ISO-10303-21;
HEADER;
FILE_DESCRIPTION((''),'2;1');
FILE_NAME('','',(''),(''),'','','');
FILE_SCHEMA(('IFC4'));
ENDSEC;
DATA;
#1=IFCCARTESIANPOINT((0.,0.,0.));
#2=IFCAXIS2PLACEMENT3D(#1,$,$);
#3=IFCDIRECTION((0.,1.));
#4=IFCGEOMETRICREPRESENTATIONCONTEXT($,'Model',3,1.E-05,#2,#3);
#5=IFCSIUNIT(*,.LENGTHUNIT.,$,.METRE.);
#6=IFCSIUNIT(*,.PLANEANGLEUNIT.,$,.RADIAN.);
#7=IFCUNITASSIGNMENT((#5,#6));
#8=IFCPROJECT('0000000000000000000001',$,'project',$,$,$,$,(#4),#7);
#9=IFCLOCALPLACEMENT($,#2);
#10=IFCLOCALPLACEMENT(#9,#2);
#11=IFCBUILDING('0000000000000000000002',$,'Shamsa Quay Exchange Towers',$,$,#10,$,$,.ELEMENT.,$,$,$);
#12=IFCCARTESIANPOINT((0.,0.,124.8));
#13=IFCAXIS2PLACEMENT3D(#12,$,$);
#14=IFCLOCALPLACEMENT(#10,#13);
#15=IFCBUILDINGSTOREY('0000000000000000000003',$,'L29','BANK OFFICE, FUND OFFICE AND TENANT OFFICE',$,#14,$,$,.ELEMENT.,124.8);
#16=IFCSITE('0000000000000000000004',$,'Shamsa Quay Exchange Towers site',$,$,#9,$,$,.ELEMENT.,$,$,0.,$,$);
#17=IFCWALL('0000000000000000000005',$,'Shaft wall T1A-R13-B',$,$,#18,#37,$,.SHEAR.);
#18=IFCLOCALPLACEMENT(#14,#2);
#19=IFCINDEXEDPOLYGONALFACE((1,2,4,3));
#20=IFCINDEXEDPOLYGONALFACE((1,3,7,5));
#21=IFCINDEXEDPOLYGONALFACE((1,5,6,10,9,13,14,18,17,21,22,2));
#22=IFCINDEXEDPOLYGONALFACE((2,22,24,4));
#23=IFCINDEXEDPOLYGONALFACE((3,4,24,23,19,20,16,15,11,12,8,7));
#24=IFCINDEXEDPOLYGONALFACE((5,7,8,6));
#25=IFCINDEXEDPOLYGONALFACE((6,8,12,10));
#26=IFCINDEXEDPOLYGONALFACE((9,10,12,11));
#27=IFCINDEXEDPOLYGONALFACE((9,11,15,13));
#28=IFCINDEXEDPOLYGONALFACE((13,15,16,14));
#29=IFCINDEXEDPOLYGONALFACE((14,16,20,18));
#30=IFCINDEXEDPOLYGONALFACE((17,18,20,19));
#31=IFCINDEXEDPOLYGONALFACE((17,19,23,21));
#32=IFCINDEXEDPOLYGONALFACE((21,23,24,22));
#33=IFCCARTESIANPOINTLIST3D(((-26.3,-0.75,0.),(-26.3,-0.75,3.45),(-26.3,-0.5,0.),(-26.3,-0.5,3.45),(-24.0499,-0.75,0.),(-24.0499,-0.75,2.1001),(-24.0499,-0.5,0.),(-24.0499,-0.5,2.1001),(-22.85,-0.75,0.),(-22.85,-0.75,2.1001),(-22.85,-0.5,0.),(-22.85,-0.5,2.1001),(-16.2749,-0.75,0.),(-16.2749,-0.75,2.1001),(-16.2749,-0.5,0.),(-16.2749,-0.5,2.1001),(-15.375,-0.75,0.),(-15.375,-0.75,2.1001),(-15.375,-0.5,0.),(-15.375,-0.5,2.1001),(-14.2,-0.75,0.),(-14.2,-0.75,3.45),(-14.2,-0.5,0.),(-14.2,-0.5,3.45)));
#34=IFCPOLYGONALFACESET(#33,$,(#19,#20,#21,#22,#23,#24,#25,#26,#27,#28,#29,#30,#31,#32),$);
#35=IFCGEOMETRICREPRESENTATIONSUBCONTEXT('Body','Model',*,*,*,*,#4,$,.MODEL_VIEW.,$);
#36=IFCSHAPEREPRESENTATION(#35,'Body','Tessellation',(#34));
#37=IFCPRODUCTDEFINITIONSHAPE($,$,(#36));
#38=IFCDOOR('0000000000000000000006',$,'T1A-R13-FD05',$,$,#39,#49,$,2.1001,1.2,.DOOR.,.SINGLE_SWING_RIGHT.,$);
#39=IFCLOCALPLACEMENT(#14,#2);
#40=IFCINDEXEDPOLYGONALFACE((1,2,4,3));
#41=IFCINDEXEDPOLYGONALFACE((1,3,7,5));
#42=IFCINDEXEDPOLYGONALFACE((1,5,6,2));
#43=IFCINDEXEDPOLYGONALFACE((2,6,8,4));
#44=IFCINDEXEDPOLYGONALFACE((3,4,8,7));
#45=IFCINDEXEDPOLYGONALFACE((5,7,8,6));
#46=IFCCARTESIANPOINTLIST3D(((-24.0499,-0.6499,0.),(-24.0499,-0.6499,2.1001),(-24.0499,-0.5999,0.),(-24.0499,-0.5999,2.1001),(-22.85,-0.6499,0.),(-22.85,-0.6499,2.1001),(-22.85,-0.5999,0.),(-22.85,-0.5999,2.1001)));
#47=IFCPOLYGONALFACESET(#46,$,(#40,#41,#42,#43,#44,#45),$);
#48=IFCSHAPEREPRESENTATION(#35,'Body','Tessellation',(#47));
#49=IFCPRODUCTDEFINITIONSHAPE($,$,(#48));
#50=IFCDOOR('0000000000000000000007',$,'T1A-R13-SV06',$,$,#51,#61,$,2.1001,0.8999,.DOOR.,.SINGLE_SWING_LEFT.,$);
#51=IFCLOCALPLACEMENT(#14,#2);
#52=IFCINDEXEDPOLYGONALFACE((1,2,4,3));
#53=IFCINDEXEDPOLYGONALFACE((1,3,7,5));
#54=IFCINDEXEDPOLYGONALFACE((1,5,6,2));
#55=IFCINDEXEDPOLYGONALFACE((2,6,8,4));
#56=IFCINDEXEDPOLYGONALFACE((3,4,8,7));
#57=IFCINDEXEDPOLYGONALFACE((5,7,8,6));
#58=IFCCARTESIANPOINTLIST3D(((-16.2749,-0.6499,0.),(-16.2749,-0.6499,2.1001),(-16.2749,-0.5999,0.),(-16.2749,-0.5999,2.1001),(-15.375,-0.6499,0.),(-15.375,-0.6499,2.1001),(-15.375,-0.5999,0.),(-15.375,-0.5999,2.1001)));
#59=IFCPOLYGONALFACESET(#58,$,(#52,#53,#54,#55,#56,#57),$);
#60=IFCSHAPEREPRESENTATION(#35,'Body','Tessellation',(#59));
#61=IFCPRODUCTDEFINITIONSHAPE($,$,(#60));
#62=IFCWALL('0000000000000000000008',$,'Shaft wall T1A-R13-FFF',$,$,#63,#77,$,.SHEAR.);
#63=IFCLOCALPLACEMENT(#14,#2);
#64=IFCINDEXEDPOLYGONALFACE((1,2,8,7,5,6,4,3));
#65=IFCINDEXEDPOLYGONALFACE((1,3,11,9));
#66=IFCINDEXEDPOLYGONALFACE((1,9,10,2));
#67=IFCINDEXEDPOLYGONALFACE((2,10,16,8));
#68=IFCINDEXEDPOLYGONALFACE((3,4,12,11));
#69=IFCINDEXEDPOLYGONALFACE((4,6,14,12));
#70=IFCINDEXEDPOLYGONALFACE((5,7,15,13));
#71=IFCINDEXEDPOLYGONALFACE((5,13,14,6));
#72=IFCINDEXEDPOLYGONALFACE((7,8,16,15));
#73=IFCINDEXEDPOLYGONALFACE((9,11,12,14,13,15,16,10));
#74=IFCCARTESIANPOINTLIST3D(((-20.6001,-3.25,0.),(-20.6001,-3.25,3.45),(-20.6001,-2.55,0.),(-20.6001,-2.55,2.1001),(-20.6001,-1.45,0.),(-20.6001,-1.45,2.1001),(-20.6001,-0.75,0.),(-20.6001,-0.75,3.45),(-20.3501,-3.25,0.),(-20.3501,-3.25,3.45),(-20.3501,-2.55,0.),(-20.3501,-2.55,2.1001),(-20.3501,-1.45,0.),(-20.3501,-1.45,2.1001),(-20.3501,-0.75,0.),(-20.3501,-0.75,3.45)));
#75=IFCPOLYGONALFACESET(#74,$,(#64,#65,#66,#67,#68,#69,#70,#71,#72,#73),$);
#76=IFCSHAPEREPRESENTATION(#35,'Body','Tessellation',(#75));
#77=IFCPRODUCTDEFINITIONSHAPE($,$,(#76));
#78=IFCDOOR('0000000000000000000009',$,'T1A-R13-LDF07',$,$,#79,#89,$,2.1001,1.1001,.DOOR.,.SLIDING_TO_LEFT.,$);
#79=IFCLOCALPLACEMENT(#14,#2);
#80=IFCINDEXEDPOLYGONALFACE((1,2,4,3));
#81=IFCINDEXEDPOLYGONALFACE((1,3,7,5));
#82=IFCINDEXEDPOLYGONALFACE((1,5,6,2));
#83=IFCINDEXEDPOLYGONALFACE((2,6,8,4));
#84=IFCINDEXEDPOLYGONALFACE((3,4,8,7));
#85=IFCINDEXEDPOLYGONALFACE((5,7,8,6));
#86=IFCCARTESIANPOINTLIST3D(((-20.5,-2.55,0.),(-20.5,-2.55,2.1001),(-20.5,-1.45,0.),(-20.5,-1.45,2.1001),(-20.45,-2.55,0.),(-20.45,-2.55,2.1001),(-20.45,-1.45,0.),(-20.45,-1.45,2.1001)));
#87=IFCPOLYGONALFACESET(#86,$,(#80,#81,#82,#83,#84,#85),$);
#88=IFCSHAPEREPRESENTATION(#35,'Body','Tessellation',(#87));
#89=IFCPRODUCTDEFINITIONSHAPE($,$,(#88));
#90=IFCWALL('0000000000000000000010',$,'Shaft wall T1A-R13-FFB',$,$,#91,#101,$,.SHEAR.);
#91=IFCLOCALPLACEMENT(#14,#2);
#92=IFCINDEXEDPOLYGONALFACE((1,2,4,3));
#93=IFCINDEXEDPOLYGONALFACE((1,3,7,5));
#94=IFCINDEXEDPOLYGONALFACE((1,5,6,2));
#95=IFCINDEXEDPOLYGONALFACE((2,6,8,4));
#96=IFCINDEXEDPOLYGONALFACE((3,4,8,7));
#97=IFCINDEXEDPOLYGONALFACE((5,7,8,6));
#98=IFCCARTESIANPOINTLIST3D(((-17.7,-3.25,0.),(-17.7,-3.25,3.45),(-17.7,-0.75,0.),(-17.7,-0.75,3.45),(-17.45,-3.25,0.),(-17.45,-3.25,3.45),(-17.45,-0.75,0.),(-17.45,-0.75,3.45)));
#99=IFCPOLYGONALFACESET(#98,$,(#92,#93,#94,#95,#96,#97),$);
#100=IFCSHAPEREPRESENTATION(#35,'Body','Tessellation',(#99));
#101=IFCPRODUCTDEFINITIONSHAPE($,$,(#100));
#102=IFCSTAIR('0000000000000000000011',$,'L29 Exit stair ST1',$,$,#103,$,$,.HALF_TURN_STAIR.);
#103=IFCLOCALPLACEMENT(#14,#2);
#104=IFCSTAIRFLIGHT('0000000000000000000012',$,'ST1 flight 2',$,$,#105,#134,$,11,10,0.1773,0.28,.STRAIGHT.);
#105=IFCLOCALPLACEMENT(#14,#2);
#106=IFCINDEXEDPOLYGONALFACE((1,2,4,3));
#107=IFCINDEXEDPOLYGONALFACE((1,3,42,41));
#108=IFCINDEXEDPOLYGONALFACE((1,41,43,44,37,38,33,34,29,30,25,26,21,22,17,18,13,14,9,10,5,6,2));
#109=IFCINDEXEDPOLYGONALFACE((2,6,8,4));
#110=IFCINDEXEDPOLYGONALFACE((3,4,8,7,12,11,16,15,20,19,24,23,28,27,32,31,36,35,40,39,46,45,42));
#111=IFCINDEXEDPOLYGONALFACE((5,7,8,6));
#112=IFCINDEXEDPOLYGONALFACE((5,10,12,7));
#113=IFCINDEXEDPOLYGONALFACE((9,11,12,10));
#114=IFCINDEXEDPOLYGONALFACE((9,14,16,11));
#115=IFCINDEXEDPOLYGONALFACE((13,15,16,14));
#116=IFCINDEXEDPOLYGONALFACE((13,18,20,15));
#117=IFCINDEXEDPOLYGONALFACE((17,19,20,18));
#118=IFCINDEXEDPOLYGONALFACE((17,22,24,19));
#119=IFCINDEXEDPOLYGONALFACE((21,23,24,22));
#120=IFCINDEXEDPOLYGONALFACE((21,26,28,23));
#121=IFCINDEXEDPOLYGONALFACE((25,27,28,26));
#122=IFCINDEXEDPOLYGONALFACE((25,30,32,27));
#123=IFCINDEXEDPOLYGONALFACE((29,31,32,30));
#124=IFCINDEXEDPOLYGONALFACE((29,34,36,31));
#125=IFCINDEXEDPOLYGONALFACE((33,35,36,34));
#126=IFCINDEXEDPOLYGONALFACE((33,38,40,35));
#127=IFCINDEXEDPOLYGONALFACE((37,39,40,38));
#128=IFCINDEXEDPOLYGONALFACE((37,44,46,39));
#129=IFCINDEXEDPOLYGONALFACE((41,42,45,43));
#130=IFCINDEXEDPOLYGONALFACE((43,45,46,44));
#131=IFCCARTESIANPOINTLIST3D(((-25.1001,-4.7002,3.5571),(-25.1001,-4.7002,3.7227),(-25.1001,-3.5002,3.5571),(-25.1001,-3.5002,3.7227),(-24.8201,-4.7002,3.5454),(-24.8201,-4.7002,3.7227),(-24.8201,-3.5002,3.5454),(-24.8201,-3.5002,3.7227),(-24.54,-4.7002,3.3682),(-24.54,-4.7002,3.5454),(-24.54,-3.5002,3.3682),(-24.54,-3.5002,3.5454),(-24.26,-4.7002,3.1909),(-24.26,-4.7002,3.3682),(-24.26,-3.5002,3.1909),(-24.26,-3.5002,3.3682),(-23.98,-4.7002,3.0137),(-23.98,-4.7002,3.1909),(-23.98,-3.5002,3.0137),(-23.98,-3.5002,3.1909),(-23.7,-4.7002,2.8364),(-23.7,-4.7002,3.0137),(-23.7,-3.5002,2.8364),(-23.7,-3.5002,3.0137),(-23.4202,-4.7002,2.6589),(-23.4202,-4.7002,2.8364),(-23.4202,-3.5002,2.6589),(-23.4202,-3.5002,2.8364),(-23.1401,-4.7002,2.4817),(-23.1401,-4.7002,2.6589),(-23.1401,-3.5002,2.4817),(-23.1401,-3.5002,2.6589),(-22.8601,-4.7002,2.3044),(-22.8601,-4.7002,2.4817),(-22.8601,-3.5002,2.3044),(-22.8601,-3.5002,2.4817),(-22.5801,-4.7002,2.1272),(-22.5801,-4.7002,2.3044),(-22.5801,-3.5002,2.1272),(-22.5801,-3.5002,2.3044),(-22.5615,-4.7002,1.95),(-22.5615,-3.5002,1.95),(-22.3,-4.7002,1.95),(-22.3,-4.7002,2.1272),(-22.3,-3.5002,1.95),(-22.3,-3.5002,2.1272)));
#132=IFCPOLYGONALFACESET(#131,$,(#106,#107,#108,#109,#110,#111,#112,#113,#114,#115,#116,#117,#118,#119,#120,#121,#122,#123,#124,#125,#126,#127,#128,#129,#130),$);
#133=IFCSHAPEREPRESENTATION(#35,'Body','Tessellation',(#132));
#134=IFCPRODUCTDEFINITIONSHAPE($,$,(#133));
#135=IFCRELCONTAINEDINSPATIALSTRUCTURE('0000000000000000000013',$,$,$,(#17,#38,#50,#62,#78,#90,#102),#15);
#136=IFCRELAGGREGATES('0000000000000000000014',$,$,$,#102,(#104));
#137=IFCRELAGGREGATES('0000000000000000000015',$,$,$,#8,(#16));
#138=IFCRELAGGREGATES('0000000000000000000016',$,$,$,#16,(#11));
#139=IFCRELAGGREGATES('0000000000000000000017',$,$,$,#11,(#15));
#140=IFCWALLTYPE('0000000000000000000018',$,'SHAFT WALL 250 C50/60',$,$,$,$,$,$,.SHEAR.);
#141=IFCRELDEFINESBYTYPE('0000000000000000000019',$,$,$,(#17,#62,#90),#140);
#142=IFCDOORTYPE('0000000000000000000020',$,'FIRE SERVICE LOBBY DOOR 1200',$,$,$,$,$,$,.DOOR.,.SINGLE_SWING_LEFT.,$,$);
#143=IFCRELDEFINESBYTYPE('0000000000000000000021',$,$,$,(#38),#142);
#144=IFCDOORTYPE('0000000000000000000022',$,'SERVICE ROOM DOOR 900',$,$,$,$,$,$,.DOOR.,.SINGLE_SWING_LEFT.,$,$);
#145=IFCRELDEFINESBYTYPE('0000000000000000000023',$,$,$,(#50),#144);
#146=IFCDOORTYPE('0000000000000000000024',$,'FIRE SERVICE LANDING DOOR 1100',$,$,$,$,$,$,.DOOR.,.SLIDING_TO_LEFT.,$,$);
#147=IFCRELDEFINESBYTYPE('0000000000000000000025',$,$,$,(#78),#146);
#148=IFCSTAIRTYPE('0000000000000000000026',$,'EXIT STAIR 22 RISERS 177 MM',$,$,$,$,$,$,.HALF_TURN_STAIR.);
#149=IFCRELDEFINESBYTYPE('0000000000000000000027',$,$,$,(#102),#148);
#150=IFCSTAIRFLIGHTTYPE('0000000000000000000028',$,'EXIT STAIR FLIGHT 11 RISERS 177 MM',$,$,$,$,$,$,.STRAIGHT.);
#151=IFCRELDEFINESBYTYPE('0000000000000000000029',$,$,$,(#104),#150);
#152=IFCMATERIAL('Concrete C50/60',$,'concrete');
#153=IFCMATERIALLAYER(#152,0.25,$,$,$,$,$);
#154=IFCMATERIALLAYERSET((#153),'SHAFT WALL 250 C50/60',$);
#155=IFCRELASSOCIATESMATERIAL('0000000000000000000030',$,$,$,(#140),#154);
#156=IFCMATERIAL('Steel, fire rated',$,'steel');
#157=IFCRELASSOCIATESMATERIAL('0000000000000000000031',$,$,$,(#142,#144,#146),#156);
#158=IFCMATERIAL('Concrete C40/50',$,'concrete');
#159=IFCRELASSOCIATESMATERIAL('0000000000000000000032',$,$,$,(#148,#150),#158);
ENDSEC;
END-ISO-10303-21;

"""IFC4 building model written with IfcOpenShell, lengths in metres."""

from ifc_helpers import new_model, si_unit, direction, frame, frame_2d, origin, place, context, subcontext, project, spatial, polyline, rectangle, outline, extrude, material, layer, layer_set, type_object, element, fill, aggregate, save


model = new_model("IFC4")

# Units and contexts
model_context = context("Model", 3, precision=1e-05, world=origin(), true_north=direction((0.0, 1.0)))
body_context = subcontext(model_context, "Body", "Model", "MODEL_VIEW")
ifc_project = project(units=[si_unit("LENGTHUNIT", "METRE"), si_unit("PLANEANGLEUNIT", "RADIAN")], contexts=[model_context])

# Site, building, storey
site_placement = place(None, origin())
site = spatial("IfcSite", under=ifc_project, at=site_placement, Name="Shamsa Quay Exchange Towers site", CompositionType="ELEMENT", RefElevation=0.0)
building_placement = place(site_placement, origin())
building = spatial("IfcBuilding", under=site, at=building_placement, Name="Shamsa Quay Exchange Towers", CompositionType="ELEMENT")
storey_placement = place(building_placement, frame((0.0, 0.0, 124.8)))
storey = spatial("IfcBuildingStorey", under=building, at=storey_placement, Name="L29", Description="BANK OFFICE, FUND OFFICE AND TENANT OFFICE", CompositionType="ELEMENT", Elevation=124.8)

# Shared definitions
ifc_material_1 = material(Name="Concrete C40/50", Category="concrete")

# Shared definitions
ifc_material_2 = material(Name="Concrete C50/60", Category="concrete")
ifc_layer_1 = layer(ifc_material_2, 0.25)
ifc_layer_set_1 = layer_set([ifc_layer_1], Name="SHAFT WALL 250 C50/60")
wall_type = type_object("IfcWallType", Name="SHAFT WALL 250 C50/60", PredefinedType="SHEAR", material=ifc_layer_set_1)
ifc_material_3 = material(Name="Steel, fire rated", Category="steel")

# Wall, openings, doors
wall_1_placement = place(storey_placement, frame((-14.2, -0.625, 0.0), z_axis=(0.0, 0.0, 1.0), x_axis=(-1.0, 0.0, 0.0)))
wall_1 = element("IfcWall", 1, at=wall_1_placement, inside=storey, type_object=wall_type, Name="Shaft wall T1A-R13-B", PredefinedType="SHEAR", context=body_context, shape_type="SweptSolid", body=[
    extrude(rectangle(XDim=12.1001, YDim=0.25, at=frame_2d((6.05, 0.0))), origin(), (0.0, 0.0, 1.0), 3.45),
])
opening_1_placement = place(wall_1_placement, frame((8.6499, 0.0, 0.0)))
opening_1 = element("IfcOpeningElement", 2, at=opening_1_placement, cuts=wall_1, PredefinedType="OPENING", context=body_context, shape_type="SweptSolid", body=[
    extrude(rectangle(XDim=1.2, YDim=2.1001, at=frame_2d((0.6001, 1.05))), frame((0.0, 0.135, 0.0), z_axis=(0.0, -1.0, 0.0), x_axis=(1.0, 0.0, 0.0)), (0.0, 0.0, 1.0), 0.27),
])
opening_2_placement = place(wall_1_placement, frame((1.175, 0.0, 0.0)))
opening_2 = element("IfcOpeningElement", 3, at=opening_2_placement, cuts=wall_1, PredefinedType="OPENING", context=body_context, shape_type="SweptSolid", body=[
    extrude(rectangle(XDim=0.8999, YDim=2.1001, at=frame_2d((0.45, 1.05))), frame((0.0, 0.135, 0.0), z_axis=(0.0, -1.0, 0.0), x_axis=(1.0, 0.0, 0.0)), (0.0, 0.0, 1.0), 0.27),
])
door_type_1 = type_object("IfcDoorType", Name="FIRE SERVICE LOBBY DOOR 1200", OperationType="SINGLE_SWING_LEFT", PredefinedType="DOOR", material=ifc_material_3)
door_1_placement = place(opening_1_placement, origin())
door_1 = element("IfcDoor", 4, at=door_1_placement, inside=storey, type_object=door_type_1, Name="T1A-R13-FD05", OperationType="SINGLE_SWING_RIGHT", OverallHeight=2.1001, OverallWidth=1.2, PredefinedType="DOOR", context=body_context, shape_type="SweptSolid", body=[
    extrude(rectangle(XDim=1.2, YDim=2.1001, at=frame_2d((0.6001, 1.05))), frame((0.0, 0.0249, 0.0), z_axis=(0.0, -1.0, 0.0), x_axis=(1.0, 0.0, 0.0)), (0.0, 0.0, 1.0), 0.05),
])
fill(opening_1, door_1)
door_type_2 = type_object("IfcDoorType", Name="SERVICE ROOM DOOR 900", OperationType="SINGLE_SWING_LEFT", PredefinedType="DOOR", material=ifc_material_3)
door_2_placement = place(opening_2_placement, origin())
door_2 = element("IfcDoor", 5, at=door_2_placement, inside=storey, type_object=door_type_2, Name="T1A-R13-SV06", OperationType="SINGLE_SWING_LEFT", OverallHeight=2.1001, OverallWidth=0.8999, PredefinedType="DOOR", context=body_context, shape_type="SweptSolid", body=[
    extrude(rectangle(XDim=0.8999, YDim=2.1001, at=frame_2d((0.45, 1.05))), frame((0.0, 0.0249, 0.0), z_axis=(0.0, -1.0, 0.0), x_axis=(1.0, 0.0, 0.0)), (0.0, 0.0, 1.0), 0.05),
])
fill(opening_2, door_2)

# Wall, opening, door
wall_2_placement = place(storey_placement, frame((-20.4751, -3.25, 0.0), z_axis=(0.0, 0.0, 1.0), x_axis=(0.0, 1.0, 0.0)))
wall_2 = element("IfcWall", 6, at=wall_2_placement, inside=storey, type_object=wall_type, Name="Shaft wall T1A-R13-FFF", PredefinedType="SHEAR", context=body_context, shape_type="SweptSolid", body=[
    extrude(rectangle(XDim=2.5, YDim=0.25, at=frame_2d((1.25, 0.0))), origin(), (0.0, 0.0, 1.0), 3.45),
])
opening_3_placement = place(wall_2_placement, frame((0.7, 0.0, 0.0)))
opening_3 = element("IfcOpeningElement", 7, at=opening_3_placement, cuts=wall_2, PredefinedType="OPENING", context=body_context, shape_type="SweptSolid", body=[
    extrude(rectangle(XDim=1.1001, YDim=2.1001, at=frame_2d((0.55, 1.05))), frame((0.0, 0.135, 0.0), z_axis=(0.0, -1.0, 0.0), x_axis=(1.0, 0.0, 0.0)), (0.0, 0.0, 1.0), 0.27),
])
door_type_3 = type_object("IfcDoorType", Name="FIRE SERVICE LANDING DOOR 1100", OperationType="SLIDING_TO_LEFT", PredefinedType="DOOR", material=ifc_material_3)
door_3_placement = place(opening_3_placement, origin())
door_3 = element("IfcDoor", 8, at=door_3_placement, inside=storey, type_object=door_type_3, Name="T1A-R13-LDF07", OperationType="SLIDING_TO_LEFT", OverallHeight=2.1001, OverallWidth=1.1001, PredefinedType="DOOR", context=body_context, shape_type="SweptSolid", body=[
    extrude(rectangle(XDim=1.1001, YDim=2.1001, at=frame_2d((0.55, 1.05))), frame((0.0, 0.0249, 0.0), z_axis=(0.0, -1.0, 0.0), x_axis=(1.0, 0.0, 0.0)), (0.0, 0.0, 1.0), 0.05),
])
fill(opening_3, door_3)

# Wall
wall_3_placement = place(storey_placement, frame((-17.575, -3.25, 0.0), z_axis=(0.0, 0.0, 1.0), x_axis=(0.0, 1.0, 0.0)))
element("IfcWall", 9, at=wall_3_placement, inside=storey, type_object=wall_type, Name="Shaft wall T1A-R13-FFB", PredefinedType="SHEAR", context=body_context, shape_type="SweptSolid", body=[
    extrude(rectangle(XDim=2.5, YDim=0.25, at=frame_2d((1.25, 0.0))), origin(), (0.0, 0.0, 1.0), 3.45),
])

# Stair, stair flight
stair_type = type_object("IfcStairType", Name="EXIT STAIR 22 RISERS 177 MM", PredefinedType="HALF_TURN_STAIR", material=ifc_material_1)
stair_placement = place(storey_placement, origin())
stair = element("IfcStair", 10, at=stair_placement, inside=storey, type_object=stair_type, Name="L29 Exit stair ST1", PredefinedType="HALF_TURN_STAIR")
stair_flight_type = type_object("IfcStairFlightType", Name="EXIT STAIR FLIGHT 11 RISERS 177 MM", PredefinedType="STRAIGHT", material=ifc_material_1)
stair_flight_placement = place(storey_placement, frame((-22.3, -4.1001, 1.95), z_axis=(0.0, 0.0, 1.0), x_axis=(-1.0, 0.0, 0.0)))
stair_flight = element("IfcStairFlight", 11, at=stair_flight_placement, type_object=stair_flight_type, Name="ST1 flight 2", NumberOfRisers=11, NumberOfTreads=10, PredefinedType="STRAIGHT", RiserHeight=0.1773, TreadLength=0.28, context=body_context, shape_type="SweptSolid", body=[
    extrude(outline(polyline([(0.0, 0.0), (0.0, 0.1772), (0.28, 0.1772), (0.28, 0.3545), (0.5601, 0.3545), (0.5601, 0.5317), (0.8401, 0.5317), (0.8401, 0.709), (1.1201, 0.709), (1.1201, 0.8865), (1.3999, 0.8865), (1.3999, 1.0637), (1.6799, 1.0637), (1.6799, 1.241), (1.96, 1.241), (1.96, 1.4182), (2.24, 1.4182), (2.24, 1.5955), (2.52, 1.5955), (2.52, 1.7727), (2.8, 1.7727), (2.8, 1.95), (2.8, 1.6072), (0.2615, 0.0), (0.0, 0.0)])), frame((0.0, 0.6001, 0.0), z_axis=(0.0, -1.0, 0.0), x_axis=(1.0, 0.0, 0.0)), (0.0, 0.0, 1.0), 1.2),
])
aggregate(stair, [stair_flight])

save(model, "model.ifc")
